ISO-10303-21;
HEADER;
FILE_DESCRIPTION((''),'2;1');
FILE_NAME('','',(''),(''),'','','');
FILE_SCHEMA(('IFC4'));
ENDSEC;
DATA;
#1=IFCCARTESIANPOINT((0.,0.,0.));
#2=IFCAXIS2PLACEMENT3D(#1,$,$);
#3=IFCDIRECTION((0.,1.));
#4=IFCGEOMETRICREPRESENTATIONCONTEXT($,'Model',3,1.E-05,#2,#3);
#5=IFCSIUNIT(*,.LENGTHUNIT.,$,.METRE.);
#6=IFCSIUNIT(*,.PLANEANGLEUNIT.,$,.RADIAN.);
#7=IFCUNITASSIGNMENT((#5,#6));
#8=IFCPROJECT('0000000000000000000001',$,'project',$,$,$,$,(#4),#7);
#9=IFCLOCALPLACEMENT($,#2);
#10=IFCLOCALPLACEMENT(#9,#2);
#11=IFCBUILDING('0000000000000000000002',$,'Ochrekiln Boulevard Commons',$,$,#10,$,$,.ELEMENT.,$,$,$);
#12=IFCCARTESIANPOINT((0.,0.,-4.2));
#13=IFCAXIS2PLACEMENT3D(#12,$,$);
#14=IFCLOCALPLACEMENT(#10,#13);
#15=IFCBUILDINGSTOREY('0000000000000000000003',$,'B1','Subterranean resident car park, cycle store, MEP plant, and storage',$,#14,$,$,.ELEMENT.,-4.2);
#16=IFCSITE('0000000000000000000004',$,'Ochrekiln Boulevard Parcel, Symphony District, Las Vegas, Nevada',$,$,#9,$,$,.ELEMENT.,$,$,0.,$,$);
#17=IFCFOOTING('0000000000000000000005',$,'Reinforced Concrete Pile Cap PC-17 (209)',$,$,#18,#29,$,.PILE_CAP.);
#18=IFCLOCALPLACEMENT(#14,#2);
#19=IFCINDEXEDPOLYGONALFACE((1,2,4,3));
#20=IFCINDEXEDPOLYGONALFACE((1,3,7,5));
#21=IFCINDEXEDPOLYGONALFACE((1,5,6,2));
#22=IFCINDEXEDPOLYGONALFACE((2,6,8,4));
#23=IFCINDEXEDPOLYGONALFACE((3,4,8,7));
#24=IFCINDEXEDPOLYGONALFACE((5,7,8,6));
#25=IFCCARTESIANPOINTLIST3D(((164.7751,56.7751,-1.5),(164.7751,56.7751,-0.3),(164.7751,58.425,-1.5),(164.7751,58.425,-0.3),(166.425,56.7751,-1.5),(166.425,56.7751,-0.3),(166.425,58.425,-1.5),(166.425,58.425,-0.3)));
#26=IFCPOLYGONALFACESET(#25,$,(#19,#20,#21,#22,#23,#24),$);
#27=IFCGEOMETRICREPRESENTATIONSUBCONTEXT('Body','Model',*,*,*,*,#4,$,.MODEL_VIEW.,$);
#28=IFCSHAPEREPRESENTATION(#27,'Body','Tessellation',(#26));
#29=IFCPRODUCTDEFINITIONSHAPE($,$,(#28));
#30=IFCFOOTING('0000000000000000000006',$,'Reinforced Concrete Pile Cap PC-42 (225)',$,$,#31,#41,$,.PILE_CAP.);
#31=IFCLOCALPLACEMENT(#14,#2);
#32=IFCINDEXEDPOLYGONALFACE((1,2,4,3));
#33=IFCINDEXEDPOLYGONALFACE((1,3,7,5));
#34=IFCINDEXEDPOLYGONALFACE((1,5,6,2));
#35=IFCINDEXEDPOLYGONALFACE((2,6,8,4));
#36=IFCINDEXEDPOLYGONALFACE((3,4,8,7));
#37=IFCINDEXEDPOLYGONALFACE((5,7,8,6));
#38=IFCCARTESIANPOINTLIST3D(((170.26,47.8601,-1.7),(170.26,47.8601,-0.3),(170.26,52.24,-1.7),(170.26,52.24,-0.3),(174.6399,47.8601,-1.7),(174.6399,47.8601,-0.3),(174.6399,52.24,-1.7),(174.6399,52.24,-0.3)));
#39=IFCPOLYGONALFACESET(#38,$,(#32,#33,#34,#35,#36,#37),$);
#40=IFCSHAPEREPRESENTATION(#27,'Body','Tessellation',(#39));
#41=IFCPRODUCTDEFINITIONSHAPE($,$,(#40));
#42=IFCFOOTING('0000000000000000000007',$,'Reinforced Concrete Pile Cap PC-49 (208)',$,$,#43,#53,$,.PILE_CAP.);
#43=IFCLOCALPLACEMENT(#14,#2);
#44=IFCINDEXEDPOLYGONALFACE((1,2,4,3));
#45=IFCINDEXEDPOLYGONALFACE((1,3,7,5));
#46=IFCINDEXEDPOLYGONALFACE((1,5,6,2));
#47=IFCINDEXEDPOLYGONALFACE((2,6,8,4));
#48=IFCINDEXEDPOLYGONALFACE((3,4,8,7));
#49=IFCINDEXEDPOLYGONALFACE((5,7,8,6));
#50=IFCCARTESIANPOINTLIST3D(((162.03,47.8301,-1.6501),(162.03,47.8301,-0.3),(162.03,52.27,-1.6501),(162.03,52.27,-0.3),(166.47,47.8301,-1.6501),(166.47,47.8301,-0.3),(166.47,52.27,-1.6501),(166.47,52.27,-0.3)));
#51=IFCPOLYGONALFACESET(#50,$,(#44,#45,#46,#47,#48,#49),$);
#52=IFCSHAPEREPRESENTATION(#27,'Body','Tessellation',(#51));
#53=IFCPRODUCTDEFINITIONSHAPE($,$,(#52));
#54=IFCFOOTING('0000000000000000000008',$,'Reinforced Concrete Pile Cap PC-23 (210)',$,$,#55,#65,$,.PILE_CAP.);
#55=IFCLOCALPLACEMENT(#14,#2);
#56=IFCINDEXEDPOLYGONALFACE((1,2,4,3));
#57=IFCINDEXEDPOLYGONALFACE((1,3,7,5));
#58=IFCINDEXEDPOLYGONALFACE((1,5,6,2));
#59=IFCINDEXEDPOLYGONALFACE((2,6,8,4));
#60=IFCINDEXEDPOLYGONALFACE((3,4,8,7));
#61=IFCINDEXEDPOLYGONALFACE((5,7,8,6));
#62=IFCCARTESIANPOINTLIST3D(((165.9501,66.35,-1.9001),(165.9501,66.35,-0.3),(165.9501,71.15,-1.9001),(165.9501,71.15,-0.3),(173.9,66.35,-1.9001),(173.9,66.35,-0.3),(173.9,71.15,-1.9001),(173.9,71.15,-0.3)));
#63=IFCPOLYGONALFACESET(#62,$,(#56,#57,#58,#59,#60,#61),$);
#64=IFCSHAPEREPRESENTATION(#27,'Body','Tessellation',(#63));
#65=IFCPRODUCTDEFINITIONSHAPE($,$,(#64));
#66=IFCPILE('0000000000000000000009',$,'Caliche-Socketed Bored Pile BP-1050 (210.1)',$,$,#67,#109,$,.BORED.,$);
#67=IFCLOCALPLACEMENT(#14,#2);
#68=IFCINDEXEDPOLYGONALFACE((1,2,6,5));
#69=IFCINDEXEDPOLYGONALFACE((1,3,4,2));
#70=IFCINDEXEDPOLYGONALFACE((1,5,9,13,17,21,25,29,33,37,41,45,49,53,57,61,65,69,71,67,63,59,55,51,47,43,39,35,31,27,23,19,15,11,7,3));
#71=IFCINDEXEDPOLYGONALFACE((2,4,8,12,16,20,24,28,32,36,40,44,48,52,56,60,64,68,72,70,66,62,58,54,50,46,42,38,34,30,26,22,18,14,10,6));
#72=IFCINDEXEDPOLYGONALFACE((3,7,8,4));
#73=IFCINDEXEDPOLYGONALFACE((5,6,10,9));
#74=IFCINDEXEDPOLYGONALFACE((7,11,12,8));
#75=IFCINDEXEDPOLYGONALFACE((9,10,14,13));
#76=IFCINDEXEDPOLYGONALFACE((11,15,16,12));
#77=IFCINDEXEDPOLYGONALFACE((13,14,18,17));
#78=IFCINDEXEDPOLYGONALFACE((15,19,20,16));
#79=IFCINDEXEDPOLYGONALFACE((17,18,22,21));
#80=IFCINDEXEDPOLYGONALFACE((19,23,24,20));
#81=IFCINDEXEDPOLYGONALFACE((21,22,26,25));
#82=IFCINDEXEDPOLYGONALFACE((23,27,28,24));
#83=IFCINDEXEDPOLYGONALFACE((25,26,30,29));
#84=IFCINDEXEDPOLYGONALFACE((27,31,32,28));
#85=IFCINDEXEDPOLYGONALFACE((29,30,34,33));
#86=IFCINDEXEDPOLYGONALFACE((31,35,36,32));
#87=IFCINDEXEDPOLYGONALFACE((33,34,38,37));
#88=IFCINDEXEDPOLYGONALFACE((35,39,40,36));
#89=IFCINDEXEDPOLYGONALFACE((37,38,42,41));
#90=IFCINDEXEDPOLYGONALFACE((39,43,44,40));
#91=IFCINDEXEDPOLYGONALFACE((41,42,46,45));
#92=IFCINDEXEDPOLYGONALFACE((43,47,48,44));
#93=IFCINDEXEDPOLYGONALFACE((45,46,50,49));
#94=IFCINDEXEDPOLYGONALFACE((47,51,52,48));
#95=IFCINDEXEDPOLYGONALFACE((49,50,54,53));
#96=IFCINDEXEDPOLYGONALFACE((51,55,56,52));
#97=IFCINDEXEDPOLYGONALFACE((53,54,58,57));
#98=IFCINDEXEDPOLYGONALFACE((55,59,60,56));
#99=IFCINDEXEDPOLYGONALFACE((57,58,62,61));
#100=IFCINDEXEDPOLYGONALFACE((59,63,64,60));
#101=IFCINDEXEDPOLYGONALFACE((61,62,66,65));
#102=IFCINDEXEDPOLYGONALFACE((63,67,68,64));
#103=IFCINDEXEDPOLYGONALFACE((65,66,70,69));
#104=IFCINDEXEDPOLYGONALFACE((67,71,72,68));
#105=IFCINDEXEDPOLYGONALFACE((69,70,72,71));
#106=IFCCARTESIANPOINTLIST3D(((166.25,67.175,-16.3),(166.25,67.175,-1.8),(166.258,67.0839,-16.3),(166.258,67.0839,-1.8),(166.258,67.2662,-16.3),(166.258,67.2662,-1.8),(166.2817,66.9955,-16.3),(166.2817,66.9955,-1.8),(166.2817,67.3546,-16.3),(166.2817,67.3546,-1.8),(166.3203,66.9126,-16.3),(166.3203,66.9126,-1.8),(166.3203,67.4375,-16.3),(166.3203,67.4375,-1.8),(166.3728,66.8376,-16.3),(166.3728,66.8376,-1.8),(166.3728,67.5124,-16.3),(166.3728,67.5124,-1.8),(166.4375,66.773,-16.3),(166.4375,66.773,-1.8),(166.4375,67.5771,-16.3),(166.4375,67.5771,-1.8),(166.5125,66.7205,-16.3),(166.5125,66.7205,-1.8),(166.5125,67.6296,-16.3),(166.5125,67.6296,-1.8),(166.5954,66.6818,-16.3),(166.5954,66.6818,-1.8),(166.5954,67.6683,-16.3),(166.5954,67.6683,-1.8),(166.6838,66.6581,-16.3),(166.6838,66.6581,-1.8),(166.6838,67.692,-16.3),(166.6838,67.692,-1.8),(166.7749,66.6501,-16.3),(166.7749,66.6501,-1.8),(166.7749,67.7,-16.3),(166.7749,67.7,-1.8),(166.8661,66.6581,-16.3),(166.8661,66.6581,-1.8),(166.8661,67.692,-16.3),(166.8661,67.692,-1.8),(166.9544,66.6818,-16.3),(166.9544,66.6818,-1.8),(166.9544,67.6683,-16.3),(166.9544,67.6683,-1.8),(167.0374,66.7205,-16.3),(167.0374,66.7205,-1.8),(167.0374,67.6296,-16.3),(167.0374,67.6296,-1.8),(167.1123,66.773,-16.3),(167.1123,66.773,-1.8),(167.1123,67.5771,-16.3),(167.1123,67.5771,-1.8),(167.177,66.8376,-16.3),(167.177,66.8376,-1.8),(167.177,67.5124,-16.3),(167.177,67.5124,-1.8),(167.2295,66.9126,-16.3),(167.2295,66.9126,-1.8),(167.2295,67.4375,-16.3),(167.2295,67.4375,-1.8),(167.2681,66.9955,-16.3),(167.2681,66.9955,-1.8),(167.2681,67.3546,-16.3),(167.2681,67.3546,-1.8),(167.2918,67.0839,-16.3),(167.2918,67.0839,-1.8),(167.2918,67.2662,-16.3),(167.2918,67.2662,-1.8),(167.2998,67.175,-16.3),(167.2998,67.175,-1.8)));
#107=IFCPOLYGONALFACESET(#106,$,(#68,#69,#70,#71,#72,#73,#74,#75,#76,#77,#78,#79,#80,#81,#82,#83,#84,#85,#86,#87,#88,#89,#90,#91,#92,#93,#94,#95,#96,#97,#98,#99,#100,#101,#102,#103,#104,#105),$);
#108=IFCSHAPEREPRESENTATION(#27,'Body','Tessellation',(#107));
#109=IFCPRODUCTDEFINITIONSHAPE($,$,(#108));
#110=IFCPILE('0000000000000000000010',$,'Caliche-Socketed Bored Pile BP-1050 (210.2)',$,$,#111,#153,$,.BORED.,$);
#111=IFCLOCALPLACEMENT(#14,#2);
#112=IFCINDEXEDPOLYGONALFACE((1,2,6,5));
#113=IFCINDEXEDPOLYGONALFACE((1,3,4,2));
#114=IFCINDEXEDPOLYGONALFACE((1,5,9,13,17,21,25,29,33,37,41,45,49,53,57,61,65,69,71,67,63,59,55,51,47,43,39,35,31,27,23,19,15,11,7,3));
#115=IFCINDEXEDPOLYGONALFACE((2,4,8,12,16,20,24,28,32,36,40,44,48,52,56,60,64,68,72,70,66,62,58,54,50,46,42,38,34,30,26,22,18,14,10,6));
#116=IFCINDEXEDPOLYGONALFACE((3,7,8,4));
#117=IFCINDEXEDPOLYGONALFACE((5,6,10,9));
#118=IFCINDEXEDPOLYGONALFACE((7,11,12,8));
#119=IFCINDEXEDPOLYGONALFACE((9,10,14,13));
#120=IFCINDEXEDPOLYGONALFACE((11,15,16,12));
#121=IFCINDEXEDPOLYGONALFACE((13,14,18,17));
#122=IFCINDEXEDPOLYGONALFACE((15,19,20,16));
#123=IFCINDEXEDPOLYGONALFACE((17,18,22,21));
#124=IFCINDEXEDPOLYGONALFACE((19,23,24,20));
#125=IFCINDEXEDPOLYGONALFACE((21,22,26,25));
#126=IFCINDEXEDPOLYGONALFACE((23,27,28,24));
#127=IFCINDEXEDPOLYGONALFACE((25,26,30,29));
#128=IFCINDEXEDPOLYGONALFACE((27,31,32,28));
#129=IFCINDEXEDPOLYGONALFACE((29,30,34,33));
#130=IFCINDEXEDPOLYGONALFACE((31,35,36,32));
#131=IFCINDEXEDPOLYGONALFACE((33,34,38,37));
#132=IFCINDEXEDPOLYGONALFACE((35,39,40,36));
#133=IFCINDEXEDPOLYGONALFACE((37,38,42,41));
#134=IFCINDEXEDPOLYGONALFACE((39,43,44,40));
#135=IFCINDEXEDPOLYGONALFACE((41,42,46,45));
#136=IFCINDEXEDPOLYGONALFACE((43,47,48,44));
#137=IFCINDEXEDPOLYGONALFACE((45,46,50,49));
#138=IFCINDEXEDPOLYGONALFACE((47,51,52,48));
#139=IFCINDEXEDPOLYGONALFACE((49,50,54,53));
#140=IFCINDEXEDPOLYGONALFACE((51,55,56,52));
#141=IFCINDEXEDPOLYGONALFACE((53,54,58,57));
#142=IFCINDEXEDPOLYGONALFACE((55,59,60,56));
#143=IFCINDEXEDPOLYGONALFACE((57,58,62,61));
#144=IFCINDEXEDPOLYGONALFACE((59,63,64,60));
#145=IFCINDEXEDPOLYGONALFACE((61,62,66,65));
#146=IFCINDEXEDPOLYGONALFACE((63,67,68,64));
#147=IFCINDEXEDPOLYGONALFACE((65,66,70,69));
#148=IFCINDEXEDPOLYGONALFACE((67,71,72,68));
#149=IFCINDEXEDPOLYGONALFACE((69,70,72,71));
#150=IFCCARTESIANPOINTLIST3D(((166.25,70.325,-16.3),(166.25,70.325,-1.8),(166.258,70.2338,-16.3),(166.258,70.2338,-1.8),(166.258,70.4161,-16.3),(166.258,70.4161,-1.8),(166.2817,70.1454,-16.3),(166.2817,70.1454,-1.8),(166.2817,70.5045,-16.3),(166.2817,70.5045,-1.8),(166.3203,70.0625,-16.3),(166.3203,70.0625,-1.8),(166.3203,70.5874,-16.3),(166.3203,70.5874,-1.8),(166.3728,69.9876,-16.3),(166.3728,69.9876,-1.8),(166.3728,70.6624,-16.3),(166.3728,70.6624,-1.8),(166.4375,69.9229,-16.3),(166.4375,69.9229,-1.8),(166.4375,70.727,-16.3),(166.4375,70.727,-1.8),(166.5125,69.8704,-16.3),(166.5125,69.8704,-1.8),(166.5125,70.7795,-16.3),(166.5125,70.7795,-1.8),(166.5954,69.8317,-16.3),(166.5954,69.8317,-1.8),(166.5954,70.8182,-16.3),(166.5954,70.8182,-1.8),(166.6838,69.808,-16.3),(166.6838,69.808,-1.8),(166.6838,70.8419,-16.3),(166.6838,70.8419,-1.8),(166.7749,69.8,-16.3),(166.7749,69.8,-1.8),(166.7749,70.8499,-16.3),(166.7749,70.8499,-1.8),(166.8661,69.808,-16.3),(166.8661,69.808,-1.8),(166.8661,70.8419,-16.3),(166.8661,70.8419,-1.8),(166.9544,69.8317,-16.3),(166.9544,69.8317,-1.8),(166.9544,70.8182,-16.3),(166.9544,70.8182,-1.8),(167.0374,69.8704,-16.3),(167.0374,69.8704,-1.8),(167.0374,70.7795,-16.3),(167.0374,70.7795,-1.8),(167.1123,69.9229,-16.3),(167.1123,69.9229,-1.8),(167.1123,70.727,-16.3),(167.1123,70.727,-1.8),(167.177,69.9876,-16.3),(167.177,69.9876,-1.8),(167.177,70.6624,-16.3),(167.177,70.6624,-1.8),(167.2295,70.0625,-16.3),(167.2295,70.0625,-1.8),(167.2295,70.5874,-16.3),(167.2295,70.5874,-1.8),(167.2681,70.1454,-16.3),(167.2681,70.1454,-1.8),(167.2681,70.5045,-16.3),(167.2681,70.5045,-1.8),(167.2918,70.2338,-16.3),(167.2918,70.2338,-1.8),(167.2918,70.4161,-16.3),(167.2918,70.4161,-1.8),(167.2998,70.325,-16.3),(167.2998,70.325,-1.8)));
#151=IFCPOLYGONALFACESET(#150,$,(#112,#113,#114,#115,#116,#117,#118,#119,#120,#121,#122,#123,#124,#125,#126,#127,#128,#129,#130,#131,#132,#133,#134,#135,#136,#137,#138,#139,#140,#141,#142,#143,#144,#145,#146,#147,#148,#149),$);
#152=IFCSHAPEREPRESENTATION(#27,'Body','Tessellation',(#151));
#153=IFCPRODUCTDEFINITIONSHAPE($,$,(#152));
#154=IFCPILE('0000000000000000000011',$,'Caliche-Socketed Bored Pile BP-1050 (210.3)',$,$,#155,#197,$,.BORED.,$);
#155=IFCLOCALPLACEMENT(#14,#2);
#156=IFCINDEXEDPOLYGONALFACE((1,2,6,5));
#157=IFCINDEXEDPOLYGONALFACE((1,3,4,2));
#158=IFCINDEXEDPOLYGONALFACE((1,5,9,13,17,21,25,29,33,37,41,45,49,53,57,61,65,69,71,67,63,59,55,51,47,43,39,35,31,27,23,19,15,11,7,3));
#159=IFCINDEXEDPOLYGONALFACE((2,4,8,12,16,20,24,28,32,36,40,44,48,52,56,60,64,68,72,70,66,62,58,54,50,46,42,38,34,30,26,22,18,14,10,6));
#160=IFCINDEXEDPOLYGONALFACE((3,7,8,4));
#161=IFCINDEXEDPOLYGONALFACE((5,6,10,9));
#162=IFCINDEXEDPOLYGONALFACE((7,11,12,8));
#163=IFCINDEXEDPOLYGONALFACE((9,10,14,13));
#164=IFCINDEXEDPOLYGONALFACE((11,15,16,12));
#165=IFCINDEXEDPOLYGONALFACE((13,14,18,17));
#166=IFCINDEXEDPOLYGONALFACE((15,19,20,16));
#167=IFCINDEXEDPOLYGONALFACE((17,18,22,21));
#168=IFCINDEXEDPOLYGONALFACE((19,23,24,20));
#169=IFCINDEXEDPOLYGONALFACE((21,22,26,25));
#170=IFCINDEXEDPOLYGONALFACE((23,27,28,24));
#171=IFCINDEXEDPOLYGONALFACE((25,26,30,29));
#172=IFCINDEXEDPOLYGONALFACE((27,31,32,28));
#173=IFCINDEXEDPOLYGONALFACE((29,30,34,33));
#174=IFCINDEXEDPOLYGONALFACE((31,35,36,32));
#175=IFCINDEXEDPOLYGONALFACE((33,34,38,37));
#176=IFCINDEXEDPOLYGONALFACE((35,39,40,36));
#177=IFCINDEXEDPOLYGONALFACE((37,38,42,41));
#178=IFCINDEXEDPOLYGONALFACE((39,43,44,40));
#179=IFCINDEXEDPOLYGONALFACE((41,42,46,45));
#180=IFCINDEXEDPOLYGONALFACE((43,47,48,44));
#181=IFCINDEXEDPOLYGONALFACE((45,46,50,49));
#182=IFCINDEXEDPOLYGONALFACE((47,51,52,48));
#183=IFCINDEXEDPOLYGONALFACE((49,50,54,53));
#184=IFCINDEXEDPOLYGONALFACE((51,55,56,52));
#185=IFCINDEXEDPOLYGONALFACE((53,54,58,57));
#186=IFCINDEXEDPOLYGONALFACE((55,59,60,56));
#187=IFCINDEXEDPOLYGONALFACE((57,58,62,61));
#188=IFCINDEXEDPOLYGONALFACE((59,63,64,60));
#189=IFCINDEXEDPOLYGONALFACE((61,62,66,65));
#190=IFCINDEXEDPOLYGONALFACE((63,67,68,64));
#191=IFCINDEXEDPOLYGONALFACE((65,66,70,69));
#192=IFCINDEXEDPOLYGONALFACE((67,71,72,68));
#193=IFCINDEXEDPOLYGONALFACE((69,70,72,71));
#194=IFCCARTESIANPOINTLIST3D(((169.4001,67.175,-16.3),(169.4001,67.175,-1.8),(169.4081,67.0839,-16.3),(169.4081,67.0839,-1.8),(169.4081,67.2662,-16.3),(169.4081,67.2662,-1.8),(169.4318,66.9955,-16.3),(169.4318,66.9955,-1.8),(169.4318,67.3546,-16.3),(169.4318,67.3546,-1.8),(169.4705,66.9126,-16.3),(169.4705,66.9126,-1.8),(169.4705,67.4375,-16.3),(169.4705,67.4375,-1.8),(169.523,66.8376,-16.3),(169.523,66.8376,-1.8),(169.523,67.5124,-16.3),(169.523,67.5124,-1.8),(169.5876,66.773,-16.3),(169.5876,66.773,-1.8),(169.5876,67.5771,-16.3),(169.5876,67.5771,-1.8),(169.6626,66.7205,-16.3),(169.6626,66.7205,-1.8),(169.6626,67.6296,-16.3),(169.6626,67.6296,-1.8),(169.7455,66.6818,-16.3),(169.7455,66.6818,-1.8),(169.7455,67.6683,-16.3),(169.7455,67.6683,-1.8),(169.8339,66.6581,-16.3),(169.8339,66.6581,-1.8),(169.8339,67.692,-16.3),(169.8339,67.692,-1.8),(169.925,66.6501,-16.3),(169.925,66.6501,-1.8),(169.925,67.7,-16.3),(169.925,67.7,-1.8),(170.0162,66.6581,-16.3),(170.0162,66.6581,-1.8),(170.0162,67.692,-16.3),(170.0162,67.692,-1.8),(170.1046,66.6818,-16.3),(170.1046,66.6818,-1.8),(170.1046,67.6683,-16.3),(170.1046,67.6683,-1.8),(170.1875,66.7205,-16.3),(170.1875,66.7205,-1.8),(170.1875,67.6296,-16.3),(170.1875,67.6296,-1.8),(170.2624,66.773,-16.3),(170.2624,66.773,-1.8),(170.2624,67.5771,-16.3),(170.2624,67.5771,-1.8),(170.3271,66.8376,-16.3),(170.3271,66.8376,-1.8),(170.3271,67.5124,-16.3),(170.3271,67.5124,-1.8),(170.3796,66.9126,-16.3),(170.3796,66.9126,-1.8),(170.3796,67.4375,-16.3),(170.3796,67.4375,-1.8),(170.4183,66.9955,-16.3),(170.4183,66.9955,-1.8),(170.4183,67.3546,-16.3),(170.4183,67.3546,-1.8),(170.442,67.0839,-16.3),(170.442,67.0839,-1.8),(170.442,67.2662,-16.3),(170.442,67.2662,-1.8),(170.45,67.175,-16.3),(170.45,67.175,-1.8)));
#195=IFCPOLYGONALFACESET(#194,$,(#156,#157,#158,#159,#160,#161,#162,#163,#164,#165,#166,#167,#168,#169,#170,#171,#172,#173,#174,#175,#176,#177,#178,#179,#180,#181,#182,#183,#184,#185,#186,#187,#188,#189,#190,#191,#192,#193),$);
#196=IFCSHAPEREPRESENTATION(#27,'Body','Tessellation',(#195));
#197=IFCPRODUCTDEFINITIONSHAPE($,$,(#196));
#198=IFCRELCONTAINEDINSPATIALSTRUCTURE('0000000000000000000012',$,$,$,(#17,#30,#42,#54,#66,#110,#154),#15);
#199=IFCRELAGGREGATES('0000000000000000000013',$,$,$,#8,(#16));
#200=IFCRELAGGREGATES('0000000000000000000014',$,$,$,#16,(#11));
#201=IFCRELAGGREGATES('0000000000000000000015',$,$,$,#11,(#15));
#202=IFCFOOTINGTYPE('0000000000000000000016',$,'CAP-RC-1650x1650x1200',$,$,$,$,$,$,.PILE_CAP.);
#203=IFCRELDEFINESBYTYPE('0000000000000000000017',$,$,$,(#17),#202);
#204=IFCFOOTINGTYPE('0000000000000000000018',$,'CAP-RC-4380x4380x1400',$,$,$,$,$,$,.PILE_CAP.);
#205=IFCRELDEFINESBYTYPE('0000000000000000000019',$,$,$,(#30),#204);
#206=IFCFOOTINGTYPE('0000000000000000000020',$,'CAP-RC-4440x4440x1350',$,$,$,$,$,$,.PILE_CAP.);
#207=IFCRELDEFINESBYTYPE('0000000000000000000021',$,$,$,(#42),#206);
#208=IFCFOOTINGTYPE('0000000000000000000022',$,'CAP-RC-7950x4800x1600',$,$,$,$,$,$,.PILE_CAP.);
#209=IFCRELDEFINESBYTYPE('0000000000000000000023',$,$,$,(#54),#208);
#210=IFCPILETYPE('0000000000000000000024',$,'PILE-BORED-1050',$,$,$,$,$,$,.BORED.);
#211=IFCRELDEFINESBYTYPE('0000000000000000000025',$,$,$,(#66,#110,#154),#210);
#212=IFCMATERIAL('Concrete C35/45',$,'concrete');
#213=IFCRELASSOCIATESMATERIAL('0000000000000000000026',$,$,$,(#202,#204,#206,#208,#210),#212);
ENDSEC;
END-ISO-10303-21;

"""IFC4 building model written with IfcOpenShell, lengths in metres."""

from ifc_helpers import new_model, si_unit, direction, frame, origin, origin_2d, place, context, subcontext, project, spatial, rectangle, circle, extrude, material, material_profile, profile_set, type_object, element, save


model = new_model("IFC4")

# Units and contexts
model_context = context("Model", 3, precision=1e-05, world=origin(), true_north=direction((0.0, 1.0)))
body_context = subcontext(model_context, "Body", "Model", "MODEL_VIEW")
ifc_project = project(units=[si_unit("LENGTHUNIT", "METRE"), si_unit("PLANEANGLEUNIT", "RADIAN")], contexts=[model_context])

# Site, building, storey
site_placement = place(None, origin())
site = spatial("IfcSite", under=ifc_project, at=site_placement, Name="Ochrekiln Boulevard Parcel, Symphony District, Las Vegas, Nevada", CompositionType="ELEMENT", RefElevation=0.0)
building_placement = place(site_placement, origin())
building = spatial("IfcBuilding", under=site, at=building_placement, Name="Ochrekiln Boulevard Commons", CompositionType="ELEMENT")
storey_placement = place(building_placement, frame((0.0, 0.0, -4.2)))
storey = spatial("IfcBuildingStorey", under=building, at=storey_placement, Name="B1", Description="Subterranean resident car park, cycle store, MEP plant, and storage", CompositionType="ELEMENT", Elevation=-4.2)

# Footings
ifc_material_1 = material(Name="Concrete C35/45", Category="concrete")
footing_type_1 = type_object("IfcFootingType", Name="CAP-RC-1650x1650x1200", PredefinedType="PILE_CAP", material=ifc_material_1)
footing_1_placement = place(storey_placement, frame((165.6001, 57.6001, -1.5), z_axis=(0.0, 0.0, 1.0), x_axis=(1.0, 0.0, 0.0)))
element("IfcFooting", 1, at=footing_1_placement, inside=storey, type_object=footing_type_1, Name="Reinforced Concrete Pile Cap PC-17 (209)", PredefinedType="PILE_CAP", context=body_context, shape_type="SweptSolid", body=[
    extrude(rectangle(XDim=1.6499, YDim=1.6499, at=origin_2d()), origin(), (0.0, 0.0, 1.0), 1.2),
])
footing_type_2 = type_object("IfcFootingType", Name="CAP-RC-4380x4380x1400", PredefinedType="PILE_CAP", material=ifc_material_1)
footing_2_placement = place(storey_placement, frame((172.45, 50.05, -1.7), z_axis=(0.0, 0.0, 1.0), x_axis=(1.0, 0.0, 0.0)))
element("IfcFooting", 2, at=footing_2_placement, inside=storey, type_object=footing_type_2, Name="Reinforced Concrete Pile Cap PC-42 (225)", PredefinedType="PILE_CAP", context=body_context, shape_type="SweptSolid", body=[
    extrude(rectangle(XDim=4.3799, YDim=4.3799, at=origin_2d()), origin(), (0.0, 0.0, 1.0), 1.3999),
])
footing_type_3 = type_object("IfcFootingType", Name="CAP-RC-4440x4440x1350", PredefinedType="PILE_CAP", material=ifc_material_1)
footing_3_placement = place(storey_placement, frame((164.25, 50.05, -1.6501), z_axis=(0.0, 0.0, 1.0), x_axis=(1.0, 0.0, 0.0)))
element("IfcFooting", 3, at=footing_3_placement, inside=storey, type_object=footing_type_3, Name="Reinforced Concrete Pile Cap PC-49 (208)", PredefinedType="PILE_CAP", context=body_context, shape_type="SweptSolid", body=[
    extrude(rectangle(XDim=4.4399, YDim=4.4399, at=origin_2d()), origin(), (0.0, 0.0, 1.0), 1.3501),
])
footing_type_4 = type_object("IfcFootingType", Name="CAP-RC-7950x4800x1600", PredefinedType="PILE_CAP", material=ifc_material_1)
footing_4_placement = place(storey_placement, frame((169.925, 68.75, -1.9001), z_axis=(0.0, 0.0, 1.0), x_axis=(1.0, 0.0, 0.0)))
element("IfcFooting", 4, at=footing_4_placement, inside=storey, type_object=footing_type_4, Name="Reinforced Concrete Pile Cap PC-23 (210)", PredefinedType="PILE_CAP", context=body_context, shape_type="SweptSolid", body=[
    extrude(rectangle(XDim=7.95, YDim=4.8, at=origin_2d()), origin(), (0.0, 0.0, 1.0), 1.6001),
])

# Piles
ifc_material_profile_1 = material_profile(ifc_material_1, circle(Radius=0.5249, at=origin_2d()), Name="PILE-D1050")
ifc_profile_set_1 = profile_set([ifc_material_profile_1], Name="Concrete C35/45")
pile_type_1 = type_object("IfcPileType", Name="PILE-BORED-1050", PredefinedType="BORED", material=ifc_profile_set_1)
for number, where, z_axis, x_axis, name in (
    (5, (166.7749, 67.175, -1.8), (0.0, 0.0, -1.0), (1.0, 0.0, 0.0), "Caliche-Socketed Bored Pile BP-1050 (210.1)"),
    (6, (166.7749, 70.325, -1.8), (0.0, 0.0, -1.0), (1.0, 0.0, 0.0), "Caliche-Socketed Bored Pile BP-1050 (210.2)"),
    (7, (169.925, 67.175, -1.8), (0.0, 0.0, -1.0), (1.0, 0.0, 0.0), "Caliche-Socketed Bored Pile BP-1050 (210.3)"),
):
    element("IfcPile", number, at=place(storey_placement, frame(where, z_axis=z_axis, x_axis=x_axis)), inside=storey, type_object=pile_type_1, Name=name, PredefinedType="BORED", context=body_context, shape_type="SweptSolid", body=[
        extrude(circle(Radius=0.5249, at=origin_2d()), origin(), (0.0, 0.0, 1.0), 14.5),
    ])

save(model, "model.ifc")
